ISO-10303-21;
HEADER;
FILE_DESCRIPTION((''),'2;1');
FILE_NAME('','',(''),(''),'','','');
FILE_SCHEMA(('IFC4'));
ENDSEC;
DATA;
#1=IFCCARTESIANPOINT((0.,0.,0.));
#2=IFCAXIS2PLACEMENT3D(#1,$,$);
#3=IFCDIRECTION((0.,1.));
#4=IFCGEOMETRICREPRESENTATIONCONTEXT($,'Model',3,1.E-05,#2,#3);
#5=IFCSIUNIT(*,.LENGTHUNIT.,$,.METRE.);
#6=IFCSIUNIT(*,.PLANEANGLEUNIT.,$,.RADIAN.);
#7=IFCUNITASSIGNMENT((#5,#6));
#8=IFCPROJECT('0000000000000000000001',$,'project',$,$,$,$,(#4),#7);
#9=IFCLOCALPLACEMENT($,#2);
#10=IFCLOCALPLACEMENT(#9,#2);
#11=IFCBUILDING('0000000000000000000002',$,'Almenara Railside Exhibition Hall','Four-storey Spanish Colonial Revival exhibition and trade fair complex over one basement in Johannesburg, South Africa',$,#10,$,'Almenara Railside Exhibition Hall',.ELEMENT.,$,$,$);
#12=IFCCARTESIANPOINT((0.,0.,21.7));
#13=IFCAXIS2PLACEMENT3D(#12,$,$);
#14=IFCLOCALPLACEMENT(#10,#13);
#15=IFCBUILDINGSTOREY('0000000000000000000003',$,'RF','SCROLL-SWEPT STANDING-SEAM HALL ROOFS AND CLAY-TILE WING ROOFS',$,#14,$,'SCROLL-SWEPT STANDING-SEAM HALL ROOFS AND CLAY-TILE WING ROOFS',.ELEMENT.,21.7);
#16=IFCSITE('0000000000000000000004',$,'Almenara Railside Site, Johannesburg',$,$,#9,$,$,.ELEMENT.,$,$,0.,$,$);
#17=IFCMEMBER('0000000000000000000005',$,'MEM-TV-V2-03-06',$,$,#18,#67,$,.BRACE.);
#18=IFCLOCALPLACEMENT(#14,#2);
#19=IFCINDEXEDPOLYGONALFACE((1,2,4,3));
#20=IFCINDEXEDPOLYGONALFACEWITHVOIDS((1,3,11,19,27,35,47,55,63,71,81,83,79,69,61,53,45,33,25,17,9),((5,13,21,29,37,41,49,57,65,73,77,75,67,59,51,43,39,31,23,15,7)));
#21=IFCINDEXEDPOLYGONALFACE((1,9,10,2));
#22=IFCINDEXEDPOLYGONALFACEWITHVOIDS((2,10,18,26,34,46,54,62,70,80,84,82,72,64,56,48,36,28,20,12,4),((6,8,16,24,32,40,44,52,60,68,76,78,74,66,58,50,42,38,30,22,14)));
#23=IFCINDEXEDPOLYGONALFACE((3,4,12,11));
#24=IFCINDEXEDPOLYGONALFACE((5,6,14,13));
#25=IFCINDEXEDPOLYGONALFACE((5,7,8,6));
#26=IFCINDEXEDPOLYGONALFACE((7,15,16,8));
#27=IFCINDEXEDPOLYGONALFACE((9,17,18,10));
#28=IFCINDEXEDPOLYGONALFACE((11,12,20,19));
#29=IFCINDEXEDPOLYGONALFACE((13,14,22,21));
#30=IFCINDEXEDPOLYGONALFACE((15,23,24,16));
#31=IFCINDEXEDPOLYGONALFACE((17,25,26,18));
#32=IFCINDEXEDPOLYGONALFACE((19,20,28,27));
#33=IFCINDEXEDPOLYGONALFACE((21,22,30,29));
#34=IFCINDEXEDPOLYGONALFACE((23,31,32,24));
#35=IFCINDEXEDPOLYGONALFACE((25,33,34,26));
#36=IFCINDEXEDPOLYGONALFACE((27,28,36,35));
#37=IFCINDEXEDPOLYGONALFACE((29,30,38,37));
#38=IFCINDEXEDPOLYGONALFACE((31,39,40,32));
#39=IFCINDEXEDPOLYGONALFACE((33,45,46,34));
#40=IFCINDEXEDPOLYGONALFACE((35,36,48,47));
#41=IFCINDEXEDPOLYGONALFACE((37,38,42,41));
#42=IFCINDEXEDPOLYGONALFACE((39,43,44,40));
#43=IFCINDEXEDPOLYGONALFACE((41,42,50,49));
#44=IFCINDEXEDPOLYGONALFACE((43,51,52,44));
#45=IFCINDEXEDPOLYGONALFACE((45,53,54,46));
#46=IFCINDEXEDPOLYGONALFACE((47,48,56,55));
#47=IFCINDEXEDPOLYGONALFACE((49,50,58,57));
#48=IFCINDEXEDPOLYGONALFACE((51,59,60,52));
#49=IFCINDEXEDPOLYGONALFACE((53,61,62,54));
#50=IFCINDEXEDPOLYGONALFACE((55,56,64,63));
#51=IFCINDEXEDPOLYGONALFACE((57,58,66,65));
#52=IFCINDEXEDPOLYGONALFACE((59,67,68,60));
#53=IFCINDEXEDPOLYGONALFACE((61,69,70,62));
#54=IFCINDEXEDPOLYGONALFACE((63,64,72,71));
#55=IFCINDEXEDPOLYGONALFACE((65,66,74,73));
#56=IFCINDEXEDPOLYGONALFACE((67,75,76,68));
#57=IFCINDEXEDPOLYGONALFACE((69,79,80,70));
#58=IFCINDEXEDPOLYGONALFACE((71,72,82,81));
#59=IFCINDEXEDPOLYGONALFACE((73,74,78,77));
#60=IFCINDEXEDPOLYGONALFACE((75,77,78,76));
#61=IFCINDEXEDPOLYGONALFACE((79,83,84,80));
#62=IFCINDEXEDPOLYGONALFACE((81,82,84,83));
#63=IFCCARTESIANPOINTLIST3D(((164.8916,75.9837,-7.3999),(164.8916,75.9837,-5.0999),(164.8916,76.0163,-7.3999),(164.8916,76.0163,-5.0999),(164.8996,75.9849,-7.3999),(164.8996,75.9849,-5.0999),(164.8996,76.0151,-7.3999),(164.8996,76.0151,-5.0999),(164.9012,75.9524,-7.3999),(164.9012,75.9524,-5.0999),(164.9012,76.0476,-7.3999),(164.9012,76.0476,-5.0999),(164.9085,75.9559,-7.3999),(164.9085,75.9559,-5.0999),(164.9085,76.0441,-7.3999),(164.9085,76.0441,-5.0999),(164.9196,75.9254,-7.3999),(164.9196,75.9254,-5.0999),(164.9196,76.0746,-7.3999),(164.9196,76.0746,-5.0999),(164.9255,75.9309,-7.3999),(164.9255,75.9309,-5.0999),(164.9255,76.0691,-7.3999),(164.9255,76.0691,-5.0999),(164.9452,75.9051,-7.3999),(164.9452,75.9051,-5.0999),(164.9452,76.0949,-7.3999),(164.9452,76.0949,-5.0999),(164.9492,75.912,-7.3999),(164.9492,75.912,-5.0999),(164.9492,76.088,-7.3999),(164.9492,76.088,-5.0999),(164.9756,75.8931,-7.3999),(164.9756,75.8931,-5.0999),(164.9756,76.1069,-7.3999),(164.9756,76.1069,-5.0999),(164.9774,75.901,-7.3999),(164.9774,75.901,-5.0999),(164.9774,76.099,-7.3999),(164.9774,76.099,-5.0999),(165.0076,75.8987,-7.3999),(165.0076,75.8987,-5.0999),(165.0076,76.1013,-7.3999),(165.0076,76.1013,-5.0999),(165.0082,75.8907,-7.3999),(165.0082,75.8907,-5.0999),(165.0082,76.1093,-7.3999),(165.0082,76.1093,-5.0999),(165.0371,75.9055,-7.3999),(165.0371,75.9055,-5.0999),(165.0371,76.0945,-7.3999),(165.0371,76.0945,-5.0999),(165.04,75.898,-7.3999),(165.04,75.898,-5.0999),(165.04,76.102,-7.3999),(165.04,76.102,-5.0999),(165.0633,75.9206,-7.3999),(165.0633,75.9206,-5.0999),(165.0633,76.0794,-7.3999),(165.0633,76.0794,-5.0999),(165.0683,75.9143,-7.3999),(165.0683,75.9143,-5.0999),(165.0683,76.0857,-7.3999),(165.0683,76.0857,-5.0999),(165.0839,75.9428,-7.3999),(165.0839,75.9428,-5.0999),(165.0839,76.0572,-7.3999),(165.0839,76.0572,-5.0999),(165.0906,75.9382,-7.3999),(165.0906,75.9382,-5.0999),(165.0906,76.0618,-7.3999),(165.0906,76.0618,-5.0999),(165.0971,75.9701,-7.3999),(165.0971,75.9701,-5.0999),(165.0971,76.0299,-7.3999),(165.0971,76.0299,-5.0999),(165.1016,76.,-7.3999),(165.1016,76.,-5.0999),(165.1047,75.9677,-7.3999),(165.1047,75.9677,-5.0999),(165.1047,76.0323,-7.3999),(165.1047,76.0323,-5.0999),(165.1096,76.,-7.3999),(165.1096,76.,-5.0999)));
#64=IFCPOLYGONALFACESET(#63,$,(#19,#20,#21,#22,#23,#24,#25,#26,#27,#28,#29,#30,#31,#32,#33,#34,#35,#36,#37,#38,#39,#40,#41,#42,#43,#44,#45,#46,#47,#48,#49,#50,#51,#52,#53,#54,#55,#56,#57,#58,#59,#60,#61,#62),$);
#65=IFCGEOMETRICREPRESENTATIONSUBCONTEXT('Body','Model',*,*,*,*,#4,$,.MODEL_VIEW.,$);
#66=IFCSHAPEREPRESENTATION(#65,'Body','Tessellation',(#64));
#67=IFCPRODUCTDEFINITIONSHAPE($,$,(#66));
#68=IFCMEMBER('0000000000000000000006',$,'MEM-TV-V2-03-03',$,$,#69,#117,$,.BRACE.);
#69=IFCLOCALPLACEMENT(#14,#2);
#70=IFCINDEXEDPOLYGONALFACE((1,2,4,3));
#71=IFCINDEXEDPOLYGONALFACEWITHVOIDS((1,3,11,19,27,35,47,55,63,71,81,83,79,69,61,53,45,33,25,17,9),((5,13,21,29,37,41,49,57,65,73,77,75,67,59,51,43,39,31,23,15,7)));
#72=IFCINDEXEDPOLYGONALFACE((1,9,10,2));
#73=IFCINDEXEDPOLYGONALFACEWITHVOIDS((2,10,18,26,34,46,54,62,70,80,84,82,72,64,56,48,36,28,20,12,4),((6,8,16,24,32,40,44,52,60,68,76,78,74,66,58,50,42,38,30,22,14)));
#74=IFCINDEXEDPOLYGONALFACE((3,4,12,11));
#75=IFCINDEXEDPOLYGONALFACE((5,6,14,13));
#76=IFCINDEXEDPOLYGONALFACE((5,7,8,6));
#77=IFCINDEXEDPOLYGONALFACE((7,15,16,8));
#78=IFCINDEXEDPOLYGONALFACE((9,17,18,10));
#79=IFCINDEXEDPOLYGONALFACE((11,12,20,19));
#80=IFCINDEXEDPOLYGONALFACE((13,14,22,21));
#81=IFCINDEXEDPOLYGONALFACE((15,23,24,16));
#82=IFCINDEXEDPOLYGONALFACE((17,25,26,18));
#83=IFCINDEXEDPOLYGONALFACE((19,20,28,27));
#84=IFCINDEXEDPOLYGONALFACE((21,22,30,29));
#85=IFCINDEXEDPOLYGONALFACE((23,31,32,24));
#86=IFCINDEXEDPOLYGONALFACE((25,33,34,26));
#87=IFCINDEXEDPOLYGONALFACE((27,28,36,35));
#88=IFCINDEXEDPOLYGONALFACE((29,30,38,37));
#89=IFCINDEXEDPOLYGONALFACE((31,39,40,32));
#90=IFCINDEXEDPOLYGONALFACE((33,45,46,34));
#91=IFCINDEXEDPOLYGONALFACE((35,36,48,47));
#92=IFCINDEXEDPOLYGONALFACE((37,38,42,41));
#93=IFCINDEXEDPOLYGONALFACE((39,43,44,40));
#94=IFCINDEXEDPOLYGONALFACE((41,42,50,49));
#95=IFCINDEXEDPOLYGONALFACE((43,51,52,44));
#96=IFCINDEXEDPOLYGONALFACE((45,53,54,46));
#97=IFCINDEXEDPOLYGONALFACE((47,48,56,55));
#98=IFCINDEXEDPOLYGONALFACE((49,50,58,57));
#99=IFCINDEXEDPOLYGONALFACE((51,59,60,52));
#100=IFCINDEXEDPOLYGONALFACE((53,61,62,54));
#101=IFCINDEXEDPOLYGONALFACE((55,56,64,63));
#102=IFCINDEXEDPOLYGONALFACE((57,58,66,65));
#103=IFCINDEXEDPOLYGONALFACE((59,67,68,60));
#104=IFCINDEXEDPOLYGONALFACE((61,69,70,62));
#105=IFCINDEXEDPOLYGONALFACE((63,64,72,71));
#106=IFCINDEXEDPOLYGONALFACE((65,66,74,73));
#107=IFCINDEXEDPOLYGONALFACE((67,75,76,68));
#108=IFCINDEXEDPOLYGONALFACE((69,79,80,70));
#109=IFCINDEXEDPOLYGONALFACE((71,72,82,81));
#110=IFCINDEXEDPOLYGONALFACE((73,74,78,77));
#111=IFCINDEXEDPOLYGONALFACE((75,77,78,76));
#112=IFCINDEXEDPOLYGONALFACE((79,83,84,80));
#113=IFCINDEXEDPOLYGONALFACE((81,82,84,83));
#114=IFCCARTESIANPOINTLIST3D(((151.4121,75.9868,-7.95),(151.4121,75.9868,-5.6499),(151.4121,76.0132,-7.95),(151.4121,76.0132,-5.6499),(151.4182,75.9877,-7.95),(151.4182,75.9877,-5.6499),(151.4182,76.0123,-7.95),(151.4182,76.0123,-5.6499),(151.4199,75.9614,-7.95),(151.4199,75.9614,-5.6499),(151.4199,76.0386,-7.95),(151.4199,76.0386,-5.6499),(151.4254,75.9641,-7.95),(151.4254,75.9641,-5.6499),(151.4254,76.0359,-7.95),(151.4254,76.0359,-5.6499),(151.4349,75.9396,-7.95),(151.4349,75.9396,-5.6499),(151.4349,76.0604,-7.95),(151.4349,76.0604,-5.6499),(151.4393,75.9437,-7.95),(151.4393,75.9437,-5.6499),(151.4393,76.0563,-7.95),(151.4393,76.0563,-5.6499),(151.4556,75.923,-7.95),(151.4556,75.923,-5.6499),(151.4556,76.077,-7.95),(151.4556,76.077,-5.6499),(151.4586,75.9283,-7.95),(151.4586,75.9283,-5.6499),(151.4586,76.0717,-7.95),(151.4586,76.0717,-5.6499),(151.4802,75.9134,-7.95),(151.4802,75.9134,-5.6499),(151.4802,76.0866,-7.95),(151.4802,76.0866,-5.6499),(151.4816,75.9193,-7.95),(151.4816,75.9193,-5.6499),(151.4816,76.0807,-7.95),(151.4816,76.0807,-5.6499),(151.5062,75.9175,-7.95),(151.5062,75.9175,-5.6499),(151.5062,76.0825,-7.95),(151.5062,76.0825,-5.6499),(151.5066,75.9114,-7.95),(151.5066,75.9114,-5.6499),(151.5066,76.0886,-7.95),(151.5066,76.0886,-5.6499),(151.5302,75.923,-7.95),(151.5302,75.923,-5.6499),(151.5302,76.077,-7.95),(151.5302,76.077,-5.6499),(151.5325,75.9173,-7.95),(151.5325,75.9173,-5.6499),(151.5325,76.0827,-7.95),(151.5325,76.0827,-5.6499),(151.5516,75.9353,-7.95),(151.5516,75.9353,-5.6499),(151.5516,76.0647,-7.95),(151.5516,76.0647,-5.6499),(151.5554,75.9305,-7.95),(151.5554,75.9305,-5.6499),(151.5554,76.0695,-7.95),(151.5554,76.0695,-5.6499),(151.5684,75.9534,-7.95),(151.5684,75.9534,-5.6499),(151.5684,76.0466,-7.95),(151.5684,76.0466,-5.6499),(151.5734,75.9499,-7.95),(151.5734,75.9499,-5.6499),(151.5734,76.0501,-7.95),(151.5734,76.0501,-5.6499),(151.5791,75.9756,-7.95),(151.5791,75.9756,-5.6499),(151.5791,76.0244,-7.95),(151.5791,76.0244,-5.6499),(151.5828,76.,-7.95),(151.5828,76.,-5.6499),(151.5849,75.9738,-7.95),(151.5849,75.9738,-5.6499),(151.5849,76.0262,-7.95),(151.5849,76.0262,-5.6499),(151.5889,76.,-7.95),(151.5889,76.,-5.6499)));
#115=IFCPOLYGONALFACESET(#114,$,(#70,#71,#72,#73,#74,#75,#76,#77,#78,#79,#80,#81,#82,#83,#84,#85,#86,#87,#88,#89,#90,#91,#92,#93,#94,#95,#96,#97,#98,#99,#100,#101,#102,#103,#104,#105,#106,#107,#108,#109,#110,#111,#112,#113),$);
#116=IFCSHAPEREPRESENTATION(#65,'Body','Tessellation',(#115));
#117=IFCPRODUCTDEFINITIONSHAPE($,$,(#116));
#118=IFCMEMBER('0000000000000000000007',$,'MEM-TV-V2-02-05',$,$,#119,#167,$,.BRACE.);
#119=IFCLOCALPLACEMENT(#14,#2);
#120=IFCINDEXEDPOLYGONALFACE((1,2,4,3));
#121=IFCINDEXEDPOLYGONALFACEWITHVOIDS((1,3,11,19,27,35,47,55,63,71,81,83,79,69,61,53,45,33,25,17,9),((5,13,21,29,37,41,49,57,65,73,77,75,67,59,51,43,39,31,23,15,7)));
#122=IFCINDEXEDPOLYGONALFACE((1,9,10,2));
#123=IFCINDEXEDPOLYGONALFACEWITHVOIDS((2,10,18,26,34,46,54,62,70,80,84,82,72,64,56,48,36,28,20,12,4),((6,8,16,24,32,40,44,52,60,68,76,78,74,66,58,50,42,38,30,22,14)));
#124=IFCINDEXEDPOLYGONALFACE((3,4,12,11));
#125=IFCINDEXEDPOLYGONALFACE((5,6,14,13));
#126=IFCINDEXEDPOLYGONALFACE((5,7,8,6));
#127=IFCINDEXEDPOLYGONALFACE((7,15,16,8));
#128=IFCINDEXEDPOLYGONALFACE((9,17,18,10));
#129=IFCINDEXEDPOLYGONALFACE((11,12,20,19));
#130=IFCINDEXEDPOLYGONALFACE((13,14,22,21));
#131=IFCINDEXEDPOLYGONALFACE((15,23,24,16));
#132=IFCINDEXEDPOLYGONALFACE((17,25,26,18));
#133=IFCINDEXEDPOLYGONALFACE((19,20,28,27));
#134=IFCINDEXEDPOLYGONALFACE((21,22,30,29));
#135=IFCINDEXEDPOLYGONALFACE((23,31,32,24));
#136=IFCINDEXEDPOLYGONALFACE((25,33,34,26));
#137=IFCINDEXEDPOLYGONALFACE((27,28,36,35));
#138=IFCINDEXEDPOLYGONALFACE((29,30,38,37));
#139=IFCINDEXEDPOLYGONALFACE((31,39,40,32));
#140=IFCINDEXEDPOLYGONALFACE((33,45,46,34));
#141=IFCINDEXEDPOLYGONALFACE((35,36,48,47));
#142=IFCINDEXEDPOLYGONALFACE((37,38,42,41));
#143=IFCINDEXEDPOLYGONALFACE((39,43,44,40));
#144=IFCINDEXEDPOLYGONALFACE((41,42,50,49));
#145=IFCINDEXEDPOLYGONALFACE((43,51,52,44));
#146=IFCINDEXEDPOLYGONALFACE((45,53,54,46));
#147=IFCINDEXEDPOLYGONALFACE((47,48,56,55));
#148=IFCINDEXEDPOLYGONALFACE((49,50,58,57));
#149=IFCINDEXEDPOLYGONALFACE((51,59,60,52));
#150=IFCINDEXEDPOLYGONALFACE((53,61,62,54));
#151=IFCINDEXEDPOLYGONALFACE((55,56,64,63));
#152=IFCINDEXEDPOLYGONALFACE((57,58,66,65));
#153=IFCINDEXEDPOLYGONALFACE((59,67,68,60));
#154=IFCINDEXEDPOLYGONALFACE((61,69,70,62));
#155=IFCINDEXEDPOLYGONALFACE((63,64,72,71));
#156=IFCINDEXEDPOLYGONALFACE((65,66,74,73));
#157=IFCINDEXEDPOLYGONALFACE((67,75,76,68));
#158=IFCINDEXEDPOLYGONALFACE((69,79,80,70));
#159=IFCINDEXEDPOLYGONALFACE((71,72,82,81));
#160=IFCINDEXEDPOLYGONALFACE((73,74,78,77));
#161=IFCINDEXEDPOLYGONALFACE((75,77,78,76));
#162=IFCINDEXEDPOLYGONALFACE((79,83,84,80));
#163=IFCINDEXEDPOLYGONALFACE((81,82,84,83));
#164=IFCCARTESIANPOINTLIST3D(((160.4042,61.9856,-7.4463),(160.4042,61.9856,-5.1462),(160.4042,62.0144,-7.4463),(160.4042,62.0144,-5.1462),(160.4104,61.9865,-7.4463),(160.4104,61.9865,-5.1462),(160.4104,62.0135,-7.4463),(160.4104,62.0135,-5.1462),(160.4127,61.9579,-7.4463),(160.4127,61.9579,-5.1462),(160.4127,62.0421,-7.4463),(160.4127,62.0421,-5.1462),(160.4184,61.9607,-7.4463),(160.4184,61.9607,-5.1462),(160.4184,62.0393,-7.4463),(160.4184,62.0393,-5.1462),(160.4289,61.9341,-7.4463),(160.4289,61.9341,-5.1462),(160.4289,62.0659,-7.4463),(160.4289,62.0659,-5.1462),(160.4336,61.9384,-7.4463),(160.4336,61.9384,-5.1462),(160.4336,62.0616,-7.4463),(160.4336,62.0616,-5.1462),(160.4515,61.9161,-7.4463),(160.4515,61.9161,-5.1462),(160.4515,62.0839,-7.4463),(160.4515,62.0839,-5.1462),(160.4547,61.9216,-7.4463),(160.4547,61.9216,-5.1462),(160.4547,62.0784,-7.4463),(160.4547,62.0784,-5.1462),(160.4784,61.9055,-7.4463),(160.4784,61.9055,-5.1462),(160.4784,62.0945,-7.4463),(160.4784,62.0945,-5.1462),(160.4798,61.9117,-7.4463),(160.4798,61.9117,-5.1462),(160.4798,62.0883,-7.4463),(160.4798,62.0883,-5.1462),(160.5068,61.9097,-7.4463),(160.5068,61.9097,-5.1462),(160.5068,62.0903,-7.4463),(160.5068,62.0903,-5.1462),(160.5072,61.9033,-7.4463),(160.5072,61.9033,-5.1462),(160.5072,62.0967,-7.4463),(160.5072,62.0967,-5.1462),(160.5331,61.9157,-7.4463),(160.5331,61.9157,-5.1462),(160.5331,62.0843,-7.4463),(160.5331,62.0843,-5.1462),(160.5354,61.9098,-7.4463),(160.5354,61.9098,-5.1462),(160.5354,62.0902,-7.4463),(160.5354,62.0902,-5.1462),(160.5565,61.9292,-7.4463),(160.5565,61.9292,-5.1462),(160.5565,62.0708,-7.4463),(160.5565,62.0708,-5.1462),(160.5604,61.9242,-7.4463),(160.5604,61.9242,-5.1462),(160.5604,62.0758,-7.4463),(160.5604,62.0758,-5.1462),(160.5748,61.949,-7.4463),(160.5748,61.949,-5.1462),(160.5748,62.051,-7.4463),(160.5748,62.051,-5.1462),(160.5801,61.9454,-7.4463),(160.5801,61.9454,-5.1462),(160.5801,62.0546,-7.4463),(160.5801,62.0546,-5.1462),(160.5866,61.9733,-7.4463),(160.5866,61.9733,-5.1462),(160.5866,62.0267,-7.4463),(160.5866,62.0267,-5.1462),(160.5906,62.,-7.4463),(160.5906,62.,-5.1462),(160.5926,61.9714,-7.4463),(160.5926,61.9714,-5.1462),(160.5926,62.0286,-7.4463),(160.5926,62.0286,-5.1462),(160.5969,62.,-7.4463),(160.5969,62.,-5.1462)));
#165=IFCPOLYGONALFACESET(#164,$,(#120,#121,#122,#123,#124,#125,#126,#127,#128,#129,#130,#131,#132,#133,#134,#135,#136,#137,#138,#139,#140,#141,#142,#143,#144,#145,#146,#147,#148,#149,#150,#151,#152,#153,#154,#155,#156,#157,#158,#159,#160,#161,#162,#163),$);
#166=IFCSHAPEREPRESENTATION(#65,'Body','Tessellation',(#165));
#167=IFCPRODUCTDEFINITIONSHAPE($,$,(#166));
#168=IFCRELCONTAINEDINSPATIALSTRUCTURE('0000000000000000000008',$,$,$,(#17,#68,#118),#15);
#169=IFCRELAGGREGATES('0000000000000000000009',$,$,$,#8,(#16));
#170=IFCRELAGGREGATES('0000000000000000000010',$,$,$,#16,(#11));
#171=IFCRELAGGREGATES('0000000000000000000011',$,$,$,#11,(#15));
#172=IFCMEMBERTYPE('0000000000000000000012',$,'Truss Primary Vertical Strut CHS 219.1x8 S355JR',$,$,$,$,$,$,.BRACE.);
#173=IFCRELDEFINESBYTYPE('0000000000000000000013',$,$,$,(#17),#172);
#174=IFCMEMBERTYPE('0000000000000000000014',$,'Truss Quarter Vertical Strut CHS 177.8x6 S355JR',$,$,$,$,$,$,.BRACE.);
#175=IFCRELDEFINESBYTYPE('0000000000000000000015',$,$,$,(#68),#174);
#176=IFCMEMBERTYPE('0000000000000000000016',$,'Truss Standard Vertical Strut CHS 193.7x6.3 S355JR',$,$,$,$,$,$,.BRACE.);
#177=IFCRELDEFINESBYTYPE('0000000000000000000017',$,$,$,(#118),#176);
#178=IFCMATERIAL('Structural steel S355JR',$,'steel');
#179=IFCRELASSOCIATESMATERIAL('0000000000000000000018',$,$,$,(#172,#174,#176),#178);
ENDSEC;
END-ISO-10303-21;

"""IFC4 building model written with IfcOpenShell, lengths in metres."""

from ifc_helpers import new_model, si_unit, direction, frame, origin, origin_2d, place, context, subcontext, project, spatial, hollow_circle, extrude, material, material_profile, profile_set, type_object, element, save


model = new_model("IFC4")

# Units and contexts
model_context = context("Model", 3, precision=1e-05, world=origin(), true_north=direction((0.0, 1.0)))
body_context = subcontext(model_context, "Body", "Model", "MODEL_VIEW")
ifc_project = project(units=[si_unit("LENGTHUNIT", "METRE"), si_unit("PLANEANGLEUNIT", "RADIAN")], contexts=[model_context])

# Site, building, storey
site_placement = place(None, origin())
site = spatial("IfcSite", under=ifc_project, at=site_placement, Name="Almenara Railside Site, Johannesburg", CompositionType="ELEMENT", RefElevation=0.0)
building_placement = place(site_placement, origin())
building = spatial("IfcBuilding", under=site, at=building_placement, Name="Almenara Railside Exhibition Hall", Description="Four-storey Spanish Colonial Revival exhibition and trade fair complex over one basement in Johannesburg, South Africa", LongName="Almenara Railside Exhibition Hall", CompositionType="ELEMENT")
storey_placement = place(building_placement, frame((0.0, 0.0, 21.7)))
storey = spatial("IfcBuildingStorey", under=building, at=storey_placement, Name="RF", Description="SCROLL-SWEPT STANDING-SEAM HALL ROOFS AND CLAY-TILE WING ROOFS", LongName="SCROLL-SWEPT STANDING-SEAM HALL ROOFS AND CLAY-TILE WING ROOFS", CompositionType="ELEMENT", Elevation=21.7)

# Members
ifc_material_1 = material(Name="Structural steel S355JR", Category="steel")
ifc_material_profile_1 = material_profile(ifc_material_1, hollow_circle(Radius=0.1096, WallThickness=0.0081, at=origin_2d()), Name="CHS 219.1x8")
ifc_profile_set_1 = profile_set([ifc_material_profile_1], Name="Structural steel S355JR")
member_type_1 = type_object("IfcMemberType", Name="Truss Primary Vertical Strut CHS 219.1x8 S355JR", PredefinedType="BRACE", material=ifc_profile_set_1)
for number, where, z_axis, x_axis, name in (
    (1, (165.0, 76.0, -7.3999), (0.0, 0.0, 1.0), (1.0, 0.0, 0.0), "MEM-TV-V2-03-06"),
):
    element("IfcMember", number, at=place(storey_placement, frame(where, z_axis=z_axis, x_axis=x_axis)), inside=storey, type_object=member_type_1, Name=name, PredefinedType="BRACE", context=body_context, shape_type="SweptSolid", body=[
        extrude(hollow_circle(Radius=0.1096, WallThickness=0.0081, at=origin_2d()), origin(), (0.0, 0.0, 1.0), 2.3),
    ])
ifc_material_profile_2 = material_profile(ifc_material_1, hollow_circle(Radius=0.0889, WallThickness=0.0061, at=origin_2d()), Name="CHS 177.8x6")
ifc_profile_set_2 = profile_set([ifc_material_profile_2], Name="Structural steel S355JR")
member_type_2 = type_object("IfcMemberType", Name="Truss Quarter Vertical Strut CHS 177.8x6 S355JR", PredefinedType="BRACE", material=ifc_profile_set_2)
member_1_placement = place(storey_placement, frame((151.5, 76.0, -7.95), z_axis=(0.0, 0.0, 1.0), x_axis=(1.0, 0.0, 0.0)))
element("IfcMember", 2, at=member_1_placement, inside=storey, type_object=member_type_2, Name="MEM-TV-V2-03-03", PredefinedType="BRACE", context=body_context, shape_type="SweptSolid", body=[
    extrude(hollow_circle(Radius=0.0889, WallThickness=0.0061, at=origin_2d()), origin(), (0.0, 0.0, 1.0), 2.3),
])
ifc_material_profile_3 = material_profile(ifc_material_1, hollow_circle(Radius=0.0969, WallThickness=0.0063, at=origin_2d()), Name="CHS 193.7x6.3")
ifc_profile_set_3 = profile_set([ifc_material_profile_3], Name="Structural steel S355JR")
member_type_3 = type_object("IfcMemberType", Name="Truss Standard Vertical Strut CHS 193.7x6.3 S355JR", PredefinedType="BRACE", material=ifc_profile_set_3)
member_2_placement = place(storey_placement, frame((160.5, 62.0, -7.4463), z_axis=(0.0, 0.0, 1.0), x_axis=(1.0, 0.0, 0.0)))
element("IfcMember", 3, at=member_2_placement, inside=storey, type_object=member_type_3, Name="MEM-TV-V2-02-05", PredefinedType="BRACE", context=body_context, shape_type="SweptSolid", body=[
    extrude(hollow_circle(Radius=0.0969, WallThickness=0.0063, at=origin_2d()), origin(), (0.0, 0.0, 1.0), 2.3),
])

save(model, "model.ifc")
